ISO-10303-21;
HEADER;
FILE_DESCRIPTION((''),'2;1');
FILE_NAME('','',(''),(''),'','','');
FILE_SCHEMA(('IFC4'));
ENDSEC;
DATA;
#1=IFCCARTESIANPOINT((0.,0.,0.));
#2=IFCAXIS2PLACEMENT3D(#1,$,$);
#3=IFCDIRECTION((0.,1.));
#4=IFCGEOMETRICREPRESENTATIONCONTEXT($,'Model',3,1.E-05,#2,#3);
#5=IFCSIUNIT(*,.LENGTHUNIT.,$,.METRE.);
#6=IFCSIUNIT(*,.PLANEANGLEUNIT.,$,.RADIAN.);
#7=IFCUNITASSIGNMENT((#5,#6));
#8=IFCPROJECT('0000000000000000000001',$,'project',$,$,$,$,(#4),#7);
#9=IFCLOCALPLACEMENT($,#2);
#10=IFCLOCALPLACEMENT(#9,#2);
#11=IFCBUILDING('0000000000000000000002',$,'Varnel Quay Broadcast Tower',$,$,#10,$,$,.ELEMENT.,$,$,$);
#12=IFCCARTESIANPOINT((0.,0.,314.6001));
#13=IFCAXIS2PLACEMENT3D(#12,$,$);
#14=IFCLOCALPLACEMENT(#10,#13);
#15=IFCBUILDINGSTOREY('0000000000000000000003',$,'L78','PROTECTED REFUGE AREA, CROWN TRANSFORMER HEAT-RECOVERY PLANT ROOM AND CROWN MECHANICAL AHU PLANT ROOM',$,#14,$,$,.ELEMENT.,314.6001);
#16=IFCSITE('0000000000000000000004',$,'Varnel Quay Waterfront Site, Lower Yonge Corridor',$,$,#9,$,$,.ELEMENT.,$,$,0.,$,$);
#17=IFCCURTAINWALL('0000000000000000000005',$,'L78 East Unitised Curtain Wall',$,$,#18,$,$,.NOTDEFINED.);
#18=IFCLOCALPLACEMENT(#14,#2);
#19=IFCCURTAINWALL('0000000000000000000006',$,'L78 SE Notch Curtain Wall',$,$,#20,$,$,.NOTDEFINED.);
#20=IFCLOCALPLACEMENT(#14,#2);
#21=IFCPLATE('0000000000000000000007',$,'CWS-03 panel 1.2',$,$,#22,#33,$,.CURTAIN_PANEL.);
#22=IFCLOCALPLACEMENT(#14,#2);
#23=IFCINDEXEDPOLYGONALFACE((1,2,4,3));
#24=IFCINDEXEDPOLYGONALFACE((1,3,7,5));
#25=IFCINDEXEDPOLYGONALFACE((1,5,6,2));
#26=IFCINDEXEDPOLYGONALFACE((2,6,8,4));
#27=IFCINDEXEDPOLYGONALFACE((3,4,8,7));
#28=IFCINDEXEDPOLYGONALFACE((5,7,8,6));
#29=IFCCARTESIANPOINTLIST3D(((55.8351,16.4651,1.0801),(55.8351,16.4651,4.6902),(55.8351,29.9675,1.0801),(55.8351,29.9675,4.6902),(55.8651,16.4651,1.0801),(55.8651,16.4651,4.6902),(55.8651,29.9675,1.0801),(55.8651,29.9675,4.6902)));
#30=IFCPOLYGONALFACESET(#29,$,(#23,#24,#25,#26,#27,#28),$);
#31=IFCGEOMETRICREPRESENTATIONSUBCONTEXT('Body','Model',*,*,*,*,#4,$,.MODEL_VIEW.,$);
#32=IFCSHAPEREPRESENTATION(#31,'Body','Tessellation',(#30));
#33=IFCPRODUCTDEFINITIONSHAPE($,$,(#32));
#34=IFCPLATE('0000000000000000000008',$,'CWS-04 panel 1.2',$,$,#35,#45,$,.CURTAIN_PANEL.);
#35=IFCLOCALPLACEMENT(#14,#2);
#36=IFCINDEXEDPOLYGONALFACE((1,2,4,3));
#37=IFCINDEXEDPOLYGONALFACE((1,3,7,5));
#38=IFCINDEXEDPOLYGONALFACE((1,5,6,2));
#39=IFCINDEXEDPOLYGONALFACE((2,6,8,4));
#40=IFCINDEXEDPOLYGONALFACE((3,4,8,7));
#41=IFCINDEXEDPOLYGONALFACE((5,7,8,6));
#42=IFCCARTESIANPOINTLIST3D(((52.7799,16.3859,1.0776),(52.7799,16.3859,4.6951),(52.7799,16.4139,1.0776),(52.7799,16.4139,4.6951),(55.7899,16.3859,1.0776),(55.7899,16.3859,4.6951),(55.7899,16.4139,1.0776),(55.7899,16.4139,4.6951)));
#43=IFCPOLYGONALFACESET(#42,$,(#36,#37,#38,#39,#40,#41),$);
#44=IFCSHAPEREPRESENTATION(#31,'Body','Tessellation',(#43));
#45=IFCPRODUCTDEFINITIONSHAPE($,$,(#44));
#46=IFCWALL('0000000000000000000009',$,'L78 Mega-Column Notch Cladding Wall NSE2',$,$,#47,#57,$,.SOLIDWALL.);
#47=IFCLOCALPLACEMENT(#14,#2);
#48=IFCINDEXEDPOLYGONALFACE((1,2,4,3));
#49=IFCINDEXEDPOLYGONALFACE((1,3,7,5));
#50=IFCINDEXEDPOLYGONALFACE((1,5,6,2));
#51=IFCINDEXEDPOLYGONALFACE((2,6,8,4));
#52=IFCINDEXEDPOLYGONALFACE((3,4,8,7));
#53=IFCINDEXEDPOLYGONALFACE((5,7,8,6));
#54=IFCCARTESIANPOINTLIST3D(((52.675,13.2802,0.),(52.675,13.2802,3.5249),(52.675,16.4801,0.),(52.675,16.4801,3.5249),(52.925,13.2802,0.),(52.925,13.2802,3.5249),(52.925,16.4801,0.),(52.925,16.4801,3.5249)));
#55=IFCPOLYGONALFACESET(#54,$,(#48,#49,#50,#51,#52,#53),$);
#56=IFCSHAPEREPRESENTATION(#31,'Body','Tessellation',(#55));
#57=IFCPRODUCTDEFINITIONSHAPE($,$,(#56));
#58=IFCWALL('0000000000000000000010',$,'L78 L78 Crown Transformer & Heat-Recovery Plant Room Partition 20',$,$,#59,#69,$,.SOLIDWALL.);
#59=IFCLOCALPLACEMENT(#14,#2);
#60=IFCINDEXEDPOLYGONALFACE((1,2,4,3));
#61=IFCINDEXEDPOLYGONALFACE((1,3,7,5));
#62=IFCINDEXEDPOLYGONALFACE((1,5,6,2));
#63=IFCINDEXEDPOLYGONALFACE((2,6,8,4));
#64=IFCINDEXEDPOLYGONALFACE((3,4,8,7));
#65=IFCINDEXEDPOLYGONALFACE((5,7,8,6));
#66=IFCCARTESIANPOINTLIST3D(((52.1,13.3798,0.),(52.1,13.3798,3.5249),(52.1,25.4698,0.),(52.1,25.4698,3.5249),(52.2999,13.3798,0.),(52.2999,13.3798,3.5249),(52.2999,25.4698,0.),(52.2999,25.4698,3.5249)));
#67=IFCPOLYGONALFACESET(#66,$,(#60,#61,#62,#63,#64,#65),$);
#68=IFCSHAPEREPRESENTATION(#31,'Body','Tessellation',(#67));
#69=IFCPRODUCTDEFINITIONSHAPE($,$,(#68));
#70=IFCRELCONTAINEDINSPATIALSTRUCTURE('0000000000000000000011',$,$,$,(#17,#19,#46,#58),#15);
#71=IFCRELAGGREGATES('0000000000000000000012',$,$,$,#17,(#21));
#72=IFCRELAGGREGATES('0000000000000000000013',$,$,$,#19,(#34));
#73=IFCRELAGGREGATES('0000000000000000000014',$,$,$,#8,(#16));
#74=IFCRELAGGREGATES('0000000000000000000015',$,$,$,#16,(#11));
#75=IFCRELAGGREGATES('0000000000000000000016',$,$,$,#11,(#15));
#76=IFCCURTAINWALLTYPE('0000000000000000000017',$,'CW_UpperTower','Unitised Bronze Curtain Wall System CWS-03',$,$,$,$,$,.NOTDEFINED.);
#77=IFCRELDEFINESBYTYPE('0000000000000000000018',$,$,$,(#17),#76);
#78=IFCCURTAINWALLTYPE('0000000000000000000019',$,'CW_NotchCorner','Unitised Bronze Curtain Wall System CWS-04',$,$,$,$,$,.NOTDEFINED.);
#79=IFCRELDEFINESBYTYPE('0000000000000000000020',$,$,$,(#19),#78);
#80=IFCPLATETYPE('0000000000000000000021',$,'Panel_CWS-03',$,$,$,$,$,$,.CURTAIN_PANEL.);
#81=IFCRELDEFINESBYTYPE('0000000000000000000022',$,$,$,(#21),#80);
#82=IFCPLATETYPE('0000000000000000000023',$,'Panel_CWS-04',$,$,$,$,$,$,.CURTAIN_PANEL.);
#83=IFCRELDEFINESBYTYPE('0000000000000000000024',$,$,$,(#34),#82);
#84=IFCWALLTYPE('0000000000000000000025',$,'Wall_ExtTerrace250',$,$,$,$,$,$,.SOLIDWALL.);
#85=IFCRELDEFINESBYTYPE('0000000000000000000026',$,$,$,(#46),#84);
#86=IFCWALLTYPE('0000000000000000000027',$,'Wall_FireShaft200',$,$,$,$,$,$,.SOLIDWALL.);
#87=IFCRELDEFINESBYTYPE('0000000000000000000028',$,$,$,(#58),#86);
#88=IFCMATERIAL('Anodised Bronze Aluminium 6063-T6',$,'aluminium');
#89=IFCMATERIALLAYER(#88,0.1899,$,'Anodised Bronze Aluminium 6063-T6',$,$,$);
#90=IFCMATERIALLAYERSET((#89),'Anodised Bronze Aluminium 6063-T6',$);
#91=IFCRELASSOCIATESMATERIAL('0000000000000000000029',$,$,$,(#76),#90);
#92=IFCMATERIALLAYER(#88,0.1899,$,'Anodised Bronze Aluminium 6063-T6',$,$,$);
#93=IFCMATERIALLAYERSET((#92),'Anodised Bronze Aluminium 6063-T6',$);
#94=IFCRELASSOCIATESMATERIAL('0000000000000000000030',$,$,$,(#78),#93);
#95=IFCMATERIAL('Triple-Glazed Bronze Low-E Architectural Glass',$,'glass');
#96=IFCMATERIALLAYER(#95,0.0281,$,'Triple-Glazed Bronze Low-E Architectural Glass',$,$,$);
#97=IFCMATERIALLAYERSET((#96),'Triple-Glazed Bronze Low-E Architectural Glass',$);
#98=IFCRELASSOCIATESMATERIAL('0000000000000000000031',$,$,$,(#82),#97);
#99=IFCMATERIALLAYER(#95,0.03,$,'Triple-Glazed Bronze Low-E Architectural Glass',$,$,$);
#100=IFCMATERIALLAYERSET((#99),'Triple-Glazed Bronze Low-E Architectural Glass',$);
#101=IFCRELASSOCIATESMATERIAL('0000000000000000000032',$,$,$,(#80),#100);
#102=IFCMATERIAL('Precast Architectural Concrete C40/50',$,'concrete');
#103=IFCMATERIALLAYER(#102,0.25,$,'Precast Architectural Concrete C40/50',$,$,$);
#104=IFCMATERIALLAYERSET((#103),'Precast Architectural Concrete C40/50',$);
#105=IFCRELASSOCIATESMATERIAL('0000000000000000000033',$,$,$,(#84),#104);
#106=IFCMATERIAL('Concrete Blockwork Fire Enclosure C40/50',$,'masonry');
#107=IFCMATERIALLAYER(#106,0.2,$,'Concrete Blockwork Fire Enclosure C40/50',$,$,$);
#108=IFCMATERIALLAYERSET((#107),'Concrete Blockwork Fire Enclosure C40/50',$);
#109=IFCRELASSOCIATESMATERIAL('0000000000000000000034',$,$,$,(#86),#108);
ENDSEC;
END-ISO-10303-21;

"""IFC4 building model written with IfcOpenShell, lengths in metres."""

from ifc_helpers import new_model, si_unit, direction, frame, frame_2d, origin, origin_2d, place, context, subcontext, project, spatial, rectangle, extrude, source, transform, mapped, material, layer, layer_set, type_object, element, aggregate, save


model = new_model("IFC4")

# Units and contexts
model_context = context("Model", 3, precision=1e-05, world=origin(), true_north=direction((0.0, 1.0)))
body_context = subcontext(model_context, "Body", "Model", "MODEL_VIEW")
ifc_project = project(units=[si_unit("LENGTHUNIT", "METRE"), si_unit("PLANEANGLEUNIT", "RADIAN")], contexts=[model_context])

# Site, building, storey
site_placement = place(None, origin())
site = spatial("IfcSite", under=ifc_project, at=site_placement, Name="Varnel Quay Waterfront Site, Lower Yonge Corridor", CompositionType="ELEMENT", RefElevation=0.0)
building_placement = place(site_placement, origin())
building = spatial("IfcBuilding", under=site, at=building_placement, Name="Varnel Quay Broadcast Tower", CompositionType="ELEMENT")
storey_placement = place(building_placement, frame((0.0, 0.0, 314.6001)))
storey = spatial("IfcBuildingStorey", under=building, at=storey_placement, Name="L78", Description="PROTECTED REFUGE AREA, CROWN TRANSFORMER HEAT-RECOVERY PLANT ROOM AND CROWN MECHANICAL AHU PLANT ROOM", CompositionType="ELEMENT", Elevation=314.6001)

# Curtain walls
ifc_material_1 = material(Name="Anodised Bronze Aluminium 6063-T6", Category="aluminium")
ifc_layer_1 = layer(ifc_material_1, 0.1899, Name="Anodised Bronze Aluminium 6063-T6")
ifc_layer_set_1 = layer_set([ifc_layer_1], Name="Anodised Bronze Aluminium 6063-T6")
curtain_wall_type_1 = type_object("IfcCurtainWallType", Name="CW_UpperTower", Description="Unitised Bronze Curtain Wall System CWS-03", PredefinedType="NOTDEFINED", material=ifc_layer_set_1)
curtain_wall_1_placement = place(storey_placement, origin())
curtain_wall_1 = element("IfcCurtainWall", 1, at=curtain_wall_1_placement, inside=storey, type_object=curtain_wall_type_1, Name="L78 East Unitised Curtain Wall", PredefinedType="NOTDEFINED")
ifc_layer_2 = layer(ifc_material_1, 0.1899, Name="Anodised Bronze Aluminium 6063-T6")
ifc_layer_set_2 = layer_set([ifc_layer_2], Name="Anodised Bronze Aluminium 6063-T6")
curtain_wall_type_2 = type_object("IfcCurtainWallType", Name="CW_NotchCorner", Description="Unitised Bronze Curtain Wall System CWS-04", PredefinedType="NOTDEFINED", material=ifc_layer_set_2)
curtain_wall_2_placement = place(storey_placement, origin())
curtain_wall_2 = element("IfcCurtainWall", 2, at=curtain_wall_2_placement, inside=storey, type_object=curtain_wall_type_2, Name="L78 SE Notch Curtain Wall", PredefinedType="NOTDEFINED")

# Plates
ifc_material_2 = material(Name="Triple-Glazed Bronze Low-E Architectural Glass", Category="glass")
ifc_layer_3 = layer(ifc_material_2, 0.0281, Name="Triple-Glazed Bronze Low-E Architectural Glass")
ifc_layer_set_3 = layer_set([ifc_layer_3], Name="Triple-Glazed Bronze Low-E Architectural Glass")
plate_type_1 = type_object("IfcPlateType", Name="Panel_CWS-04", PredefinedType="CURTAIN_PANEL", material=ifc_layer_set_3)
ifc_layer_4 = layer(ifc_material_2, 0.03, Name="Triple-Glazed Bronze Low-E Architectural Glass")
ifc_layer_set_4 = layer_set([ifc_layer_4], Name="Triple-Glazed Bronze Low-E Architectural Glass")
plate_type_2 = type_object("IfcPlateType", Name="Panel_CWS-03", PredefinedType="CURTAIN_PANEL", material=ifc_layer_set_4)
shared_shape_1 = source(origin(), body_context, "Body", "SweptSolid", [
    extrude(rectangle(XDim=13.5024, YDim=0.03, at=origin_2d()), origin(), (0.0, 0.0, 1.0), 3.6101),
])
plate_1_placement = place(storey_placement, frame((55.8501, 23.2163, 1.0801), z_axis=(0.0, 0.0, 1.0), x_axis=(0.0, 1.0, 0.0)))
plate_1 = element("IfcPlate", 3, at=plate_1_placement, type_object=plate_type_2, Name="CWS-03 panel 1.2", PredefinedType="CURTAIN_PANEL", context=body_context, shape_type="MappedRepresentation", body=[
    mapped(shared_shape_1, transform((0.0, 0.0, 0.0), x_axis=(1.0, 0.0, 0.0), y_axis=(0.0, 1.0, 0.0), z_axis=(0.0, 0.0, 1.0), scale=1.0)),
])
aggregate(curtain_wall_1, [plate_1])
shared_shape_2 = source(origin(), body_context, "Body", "SweptSolid", [
    extrude(rectangle(XDim=3.01, YDim=0.0281, at=origin_2d()), origin(), (0.0, 0.0, 1.0), 3.6174),
])
plate_2_placement = place(storey_placement, frame((54.2849, 16.3999, 1.0776), z_axis=(0.0, 0.0, 1.0), x_axis=(1.0, 0.0, 0.0)))
plate_2 = element("IfcPlate", 4, at=plate_2_placement, type_object=plate_type_1, Name="CWS-04 panel 1.2", PredefinedType="CURTAIN_PANEL", context=body_context, shape_type="MappedRepresentation", body=[
    mapped(shared_shape_2, transform((0.0, 0.0, 0.0), x_axis=(1.0, 0.0, 0.0), y_axis=(0.0, 1.0, 0.0), z_axis=(0.0, 0.0, 1.0), scale=1.0)),
])
aggregate(curtain_wall_2, [plate_2])

# Walls
ifc_material_3 = material(Name="Precast Architectural Concrete C40/50", Category="concrete")
ifc_layer_5 = layer(ifc_material_3, 0.25, Name="Precast Architectural Concrete C40/50")
ifc_layer_set_5 = layer_set([ifc_layer_5], Name="Precast Architectural Concrete C40/50")
wall_type_1 = type_object("IfcWallType", Name="Wall_ExtTerrace250", PredefinedType="SOLIDWALL", material=ifc_layer_set_5)
wall_1_placement = place(storey_placement, frame((52.8, 13.28, 0.0), z_axis=(0.0, 0.0, 1.0), x_axis=(0.0, 1.0, 0.0)))
element("IfcWall", 5, at=wall_1_placement, inside=storey, type_object=wall_type_1, Name="L78 Mega-Column Notch Cladding Wall NSE2", PredefinedType="SOLIDWALL", context=body_context, shape_type="SweptSolid", body=[
    extrude(rectangle(XDim=3.2, YDim=0.25, at=frame_2d((1.6001, 0.0))), origin(), (0.0, 0.0, 1.0), 3.5249),
])
ifc_material_4 = material(Name="Concrete Blockwork Fire Enclosure C40/50", Category="masonry")
ifc_layer_6 = layer(ifc_material_4, 0.2, Name="Concrete Blockwork Fire Enclosure C40/50")
ifc_layer_set_6 = layer_set([ifc_layer_6], Name="Concrete Blockwork Fire Enclosure C40/50")
wall_type_2 = type_object("IfcWallType", Name="Wall_FireShaft200", PredefinedType="SOLIDWALL", material=ifc_layer_set_6)
wall_2_placement = place(storey_placement, frame((52.2, 13.3799, 0.0), z_axis=(0.0, 0.0, 1.0), x_axis=(0.0, 1.0, 0.0)))
element("IfcWall", 6, at=wall_2_placement, inside=storey, type_object=wall_type_2, Name="L78 L78 Crown Transformer & Heat-Recovery Plant Room Partition 20", PredefinedType="SOLIDWALL", context=body_context, shape_type="SweptSolid", body=[
    extrude(rectangle(XDim=12.0901, YDim=0.2, at=frame_2d((6.0449, 0.0))), origin(), (0.0, 0.0, 1.0), 3.5249),
])

save(model, "model.ifc")
